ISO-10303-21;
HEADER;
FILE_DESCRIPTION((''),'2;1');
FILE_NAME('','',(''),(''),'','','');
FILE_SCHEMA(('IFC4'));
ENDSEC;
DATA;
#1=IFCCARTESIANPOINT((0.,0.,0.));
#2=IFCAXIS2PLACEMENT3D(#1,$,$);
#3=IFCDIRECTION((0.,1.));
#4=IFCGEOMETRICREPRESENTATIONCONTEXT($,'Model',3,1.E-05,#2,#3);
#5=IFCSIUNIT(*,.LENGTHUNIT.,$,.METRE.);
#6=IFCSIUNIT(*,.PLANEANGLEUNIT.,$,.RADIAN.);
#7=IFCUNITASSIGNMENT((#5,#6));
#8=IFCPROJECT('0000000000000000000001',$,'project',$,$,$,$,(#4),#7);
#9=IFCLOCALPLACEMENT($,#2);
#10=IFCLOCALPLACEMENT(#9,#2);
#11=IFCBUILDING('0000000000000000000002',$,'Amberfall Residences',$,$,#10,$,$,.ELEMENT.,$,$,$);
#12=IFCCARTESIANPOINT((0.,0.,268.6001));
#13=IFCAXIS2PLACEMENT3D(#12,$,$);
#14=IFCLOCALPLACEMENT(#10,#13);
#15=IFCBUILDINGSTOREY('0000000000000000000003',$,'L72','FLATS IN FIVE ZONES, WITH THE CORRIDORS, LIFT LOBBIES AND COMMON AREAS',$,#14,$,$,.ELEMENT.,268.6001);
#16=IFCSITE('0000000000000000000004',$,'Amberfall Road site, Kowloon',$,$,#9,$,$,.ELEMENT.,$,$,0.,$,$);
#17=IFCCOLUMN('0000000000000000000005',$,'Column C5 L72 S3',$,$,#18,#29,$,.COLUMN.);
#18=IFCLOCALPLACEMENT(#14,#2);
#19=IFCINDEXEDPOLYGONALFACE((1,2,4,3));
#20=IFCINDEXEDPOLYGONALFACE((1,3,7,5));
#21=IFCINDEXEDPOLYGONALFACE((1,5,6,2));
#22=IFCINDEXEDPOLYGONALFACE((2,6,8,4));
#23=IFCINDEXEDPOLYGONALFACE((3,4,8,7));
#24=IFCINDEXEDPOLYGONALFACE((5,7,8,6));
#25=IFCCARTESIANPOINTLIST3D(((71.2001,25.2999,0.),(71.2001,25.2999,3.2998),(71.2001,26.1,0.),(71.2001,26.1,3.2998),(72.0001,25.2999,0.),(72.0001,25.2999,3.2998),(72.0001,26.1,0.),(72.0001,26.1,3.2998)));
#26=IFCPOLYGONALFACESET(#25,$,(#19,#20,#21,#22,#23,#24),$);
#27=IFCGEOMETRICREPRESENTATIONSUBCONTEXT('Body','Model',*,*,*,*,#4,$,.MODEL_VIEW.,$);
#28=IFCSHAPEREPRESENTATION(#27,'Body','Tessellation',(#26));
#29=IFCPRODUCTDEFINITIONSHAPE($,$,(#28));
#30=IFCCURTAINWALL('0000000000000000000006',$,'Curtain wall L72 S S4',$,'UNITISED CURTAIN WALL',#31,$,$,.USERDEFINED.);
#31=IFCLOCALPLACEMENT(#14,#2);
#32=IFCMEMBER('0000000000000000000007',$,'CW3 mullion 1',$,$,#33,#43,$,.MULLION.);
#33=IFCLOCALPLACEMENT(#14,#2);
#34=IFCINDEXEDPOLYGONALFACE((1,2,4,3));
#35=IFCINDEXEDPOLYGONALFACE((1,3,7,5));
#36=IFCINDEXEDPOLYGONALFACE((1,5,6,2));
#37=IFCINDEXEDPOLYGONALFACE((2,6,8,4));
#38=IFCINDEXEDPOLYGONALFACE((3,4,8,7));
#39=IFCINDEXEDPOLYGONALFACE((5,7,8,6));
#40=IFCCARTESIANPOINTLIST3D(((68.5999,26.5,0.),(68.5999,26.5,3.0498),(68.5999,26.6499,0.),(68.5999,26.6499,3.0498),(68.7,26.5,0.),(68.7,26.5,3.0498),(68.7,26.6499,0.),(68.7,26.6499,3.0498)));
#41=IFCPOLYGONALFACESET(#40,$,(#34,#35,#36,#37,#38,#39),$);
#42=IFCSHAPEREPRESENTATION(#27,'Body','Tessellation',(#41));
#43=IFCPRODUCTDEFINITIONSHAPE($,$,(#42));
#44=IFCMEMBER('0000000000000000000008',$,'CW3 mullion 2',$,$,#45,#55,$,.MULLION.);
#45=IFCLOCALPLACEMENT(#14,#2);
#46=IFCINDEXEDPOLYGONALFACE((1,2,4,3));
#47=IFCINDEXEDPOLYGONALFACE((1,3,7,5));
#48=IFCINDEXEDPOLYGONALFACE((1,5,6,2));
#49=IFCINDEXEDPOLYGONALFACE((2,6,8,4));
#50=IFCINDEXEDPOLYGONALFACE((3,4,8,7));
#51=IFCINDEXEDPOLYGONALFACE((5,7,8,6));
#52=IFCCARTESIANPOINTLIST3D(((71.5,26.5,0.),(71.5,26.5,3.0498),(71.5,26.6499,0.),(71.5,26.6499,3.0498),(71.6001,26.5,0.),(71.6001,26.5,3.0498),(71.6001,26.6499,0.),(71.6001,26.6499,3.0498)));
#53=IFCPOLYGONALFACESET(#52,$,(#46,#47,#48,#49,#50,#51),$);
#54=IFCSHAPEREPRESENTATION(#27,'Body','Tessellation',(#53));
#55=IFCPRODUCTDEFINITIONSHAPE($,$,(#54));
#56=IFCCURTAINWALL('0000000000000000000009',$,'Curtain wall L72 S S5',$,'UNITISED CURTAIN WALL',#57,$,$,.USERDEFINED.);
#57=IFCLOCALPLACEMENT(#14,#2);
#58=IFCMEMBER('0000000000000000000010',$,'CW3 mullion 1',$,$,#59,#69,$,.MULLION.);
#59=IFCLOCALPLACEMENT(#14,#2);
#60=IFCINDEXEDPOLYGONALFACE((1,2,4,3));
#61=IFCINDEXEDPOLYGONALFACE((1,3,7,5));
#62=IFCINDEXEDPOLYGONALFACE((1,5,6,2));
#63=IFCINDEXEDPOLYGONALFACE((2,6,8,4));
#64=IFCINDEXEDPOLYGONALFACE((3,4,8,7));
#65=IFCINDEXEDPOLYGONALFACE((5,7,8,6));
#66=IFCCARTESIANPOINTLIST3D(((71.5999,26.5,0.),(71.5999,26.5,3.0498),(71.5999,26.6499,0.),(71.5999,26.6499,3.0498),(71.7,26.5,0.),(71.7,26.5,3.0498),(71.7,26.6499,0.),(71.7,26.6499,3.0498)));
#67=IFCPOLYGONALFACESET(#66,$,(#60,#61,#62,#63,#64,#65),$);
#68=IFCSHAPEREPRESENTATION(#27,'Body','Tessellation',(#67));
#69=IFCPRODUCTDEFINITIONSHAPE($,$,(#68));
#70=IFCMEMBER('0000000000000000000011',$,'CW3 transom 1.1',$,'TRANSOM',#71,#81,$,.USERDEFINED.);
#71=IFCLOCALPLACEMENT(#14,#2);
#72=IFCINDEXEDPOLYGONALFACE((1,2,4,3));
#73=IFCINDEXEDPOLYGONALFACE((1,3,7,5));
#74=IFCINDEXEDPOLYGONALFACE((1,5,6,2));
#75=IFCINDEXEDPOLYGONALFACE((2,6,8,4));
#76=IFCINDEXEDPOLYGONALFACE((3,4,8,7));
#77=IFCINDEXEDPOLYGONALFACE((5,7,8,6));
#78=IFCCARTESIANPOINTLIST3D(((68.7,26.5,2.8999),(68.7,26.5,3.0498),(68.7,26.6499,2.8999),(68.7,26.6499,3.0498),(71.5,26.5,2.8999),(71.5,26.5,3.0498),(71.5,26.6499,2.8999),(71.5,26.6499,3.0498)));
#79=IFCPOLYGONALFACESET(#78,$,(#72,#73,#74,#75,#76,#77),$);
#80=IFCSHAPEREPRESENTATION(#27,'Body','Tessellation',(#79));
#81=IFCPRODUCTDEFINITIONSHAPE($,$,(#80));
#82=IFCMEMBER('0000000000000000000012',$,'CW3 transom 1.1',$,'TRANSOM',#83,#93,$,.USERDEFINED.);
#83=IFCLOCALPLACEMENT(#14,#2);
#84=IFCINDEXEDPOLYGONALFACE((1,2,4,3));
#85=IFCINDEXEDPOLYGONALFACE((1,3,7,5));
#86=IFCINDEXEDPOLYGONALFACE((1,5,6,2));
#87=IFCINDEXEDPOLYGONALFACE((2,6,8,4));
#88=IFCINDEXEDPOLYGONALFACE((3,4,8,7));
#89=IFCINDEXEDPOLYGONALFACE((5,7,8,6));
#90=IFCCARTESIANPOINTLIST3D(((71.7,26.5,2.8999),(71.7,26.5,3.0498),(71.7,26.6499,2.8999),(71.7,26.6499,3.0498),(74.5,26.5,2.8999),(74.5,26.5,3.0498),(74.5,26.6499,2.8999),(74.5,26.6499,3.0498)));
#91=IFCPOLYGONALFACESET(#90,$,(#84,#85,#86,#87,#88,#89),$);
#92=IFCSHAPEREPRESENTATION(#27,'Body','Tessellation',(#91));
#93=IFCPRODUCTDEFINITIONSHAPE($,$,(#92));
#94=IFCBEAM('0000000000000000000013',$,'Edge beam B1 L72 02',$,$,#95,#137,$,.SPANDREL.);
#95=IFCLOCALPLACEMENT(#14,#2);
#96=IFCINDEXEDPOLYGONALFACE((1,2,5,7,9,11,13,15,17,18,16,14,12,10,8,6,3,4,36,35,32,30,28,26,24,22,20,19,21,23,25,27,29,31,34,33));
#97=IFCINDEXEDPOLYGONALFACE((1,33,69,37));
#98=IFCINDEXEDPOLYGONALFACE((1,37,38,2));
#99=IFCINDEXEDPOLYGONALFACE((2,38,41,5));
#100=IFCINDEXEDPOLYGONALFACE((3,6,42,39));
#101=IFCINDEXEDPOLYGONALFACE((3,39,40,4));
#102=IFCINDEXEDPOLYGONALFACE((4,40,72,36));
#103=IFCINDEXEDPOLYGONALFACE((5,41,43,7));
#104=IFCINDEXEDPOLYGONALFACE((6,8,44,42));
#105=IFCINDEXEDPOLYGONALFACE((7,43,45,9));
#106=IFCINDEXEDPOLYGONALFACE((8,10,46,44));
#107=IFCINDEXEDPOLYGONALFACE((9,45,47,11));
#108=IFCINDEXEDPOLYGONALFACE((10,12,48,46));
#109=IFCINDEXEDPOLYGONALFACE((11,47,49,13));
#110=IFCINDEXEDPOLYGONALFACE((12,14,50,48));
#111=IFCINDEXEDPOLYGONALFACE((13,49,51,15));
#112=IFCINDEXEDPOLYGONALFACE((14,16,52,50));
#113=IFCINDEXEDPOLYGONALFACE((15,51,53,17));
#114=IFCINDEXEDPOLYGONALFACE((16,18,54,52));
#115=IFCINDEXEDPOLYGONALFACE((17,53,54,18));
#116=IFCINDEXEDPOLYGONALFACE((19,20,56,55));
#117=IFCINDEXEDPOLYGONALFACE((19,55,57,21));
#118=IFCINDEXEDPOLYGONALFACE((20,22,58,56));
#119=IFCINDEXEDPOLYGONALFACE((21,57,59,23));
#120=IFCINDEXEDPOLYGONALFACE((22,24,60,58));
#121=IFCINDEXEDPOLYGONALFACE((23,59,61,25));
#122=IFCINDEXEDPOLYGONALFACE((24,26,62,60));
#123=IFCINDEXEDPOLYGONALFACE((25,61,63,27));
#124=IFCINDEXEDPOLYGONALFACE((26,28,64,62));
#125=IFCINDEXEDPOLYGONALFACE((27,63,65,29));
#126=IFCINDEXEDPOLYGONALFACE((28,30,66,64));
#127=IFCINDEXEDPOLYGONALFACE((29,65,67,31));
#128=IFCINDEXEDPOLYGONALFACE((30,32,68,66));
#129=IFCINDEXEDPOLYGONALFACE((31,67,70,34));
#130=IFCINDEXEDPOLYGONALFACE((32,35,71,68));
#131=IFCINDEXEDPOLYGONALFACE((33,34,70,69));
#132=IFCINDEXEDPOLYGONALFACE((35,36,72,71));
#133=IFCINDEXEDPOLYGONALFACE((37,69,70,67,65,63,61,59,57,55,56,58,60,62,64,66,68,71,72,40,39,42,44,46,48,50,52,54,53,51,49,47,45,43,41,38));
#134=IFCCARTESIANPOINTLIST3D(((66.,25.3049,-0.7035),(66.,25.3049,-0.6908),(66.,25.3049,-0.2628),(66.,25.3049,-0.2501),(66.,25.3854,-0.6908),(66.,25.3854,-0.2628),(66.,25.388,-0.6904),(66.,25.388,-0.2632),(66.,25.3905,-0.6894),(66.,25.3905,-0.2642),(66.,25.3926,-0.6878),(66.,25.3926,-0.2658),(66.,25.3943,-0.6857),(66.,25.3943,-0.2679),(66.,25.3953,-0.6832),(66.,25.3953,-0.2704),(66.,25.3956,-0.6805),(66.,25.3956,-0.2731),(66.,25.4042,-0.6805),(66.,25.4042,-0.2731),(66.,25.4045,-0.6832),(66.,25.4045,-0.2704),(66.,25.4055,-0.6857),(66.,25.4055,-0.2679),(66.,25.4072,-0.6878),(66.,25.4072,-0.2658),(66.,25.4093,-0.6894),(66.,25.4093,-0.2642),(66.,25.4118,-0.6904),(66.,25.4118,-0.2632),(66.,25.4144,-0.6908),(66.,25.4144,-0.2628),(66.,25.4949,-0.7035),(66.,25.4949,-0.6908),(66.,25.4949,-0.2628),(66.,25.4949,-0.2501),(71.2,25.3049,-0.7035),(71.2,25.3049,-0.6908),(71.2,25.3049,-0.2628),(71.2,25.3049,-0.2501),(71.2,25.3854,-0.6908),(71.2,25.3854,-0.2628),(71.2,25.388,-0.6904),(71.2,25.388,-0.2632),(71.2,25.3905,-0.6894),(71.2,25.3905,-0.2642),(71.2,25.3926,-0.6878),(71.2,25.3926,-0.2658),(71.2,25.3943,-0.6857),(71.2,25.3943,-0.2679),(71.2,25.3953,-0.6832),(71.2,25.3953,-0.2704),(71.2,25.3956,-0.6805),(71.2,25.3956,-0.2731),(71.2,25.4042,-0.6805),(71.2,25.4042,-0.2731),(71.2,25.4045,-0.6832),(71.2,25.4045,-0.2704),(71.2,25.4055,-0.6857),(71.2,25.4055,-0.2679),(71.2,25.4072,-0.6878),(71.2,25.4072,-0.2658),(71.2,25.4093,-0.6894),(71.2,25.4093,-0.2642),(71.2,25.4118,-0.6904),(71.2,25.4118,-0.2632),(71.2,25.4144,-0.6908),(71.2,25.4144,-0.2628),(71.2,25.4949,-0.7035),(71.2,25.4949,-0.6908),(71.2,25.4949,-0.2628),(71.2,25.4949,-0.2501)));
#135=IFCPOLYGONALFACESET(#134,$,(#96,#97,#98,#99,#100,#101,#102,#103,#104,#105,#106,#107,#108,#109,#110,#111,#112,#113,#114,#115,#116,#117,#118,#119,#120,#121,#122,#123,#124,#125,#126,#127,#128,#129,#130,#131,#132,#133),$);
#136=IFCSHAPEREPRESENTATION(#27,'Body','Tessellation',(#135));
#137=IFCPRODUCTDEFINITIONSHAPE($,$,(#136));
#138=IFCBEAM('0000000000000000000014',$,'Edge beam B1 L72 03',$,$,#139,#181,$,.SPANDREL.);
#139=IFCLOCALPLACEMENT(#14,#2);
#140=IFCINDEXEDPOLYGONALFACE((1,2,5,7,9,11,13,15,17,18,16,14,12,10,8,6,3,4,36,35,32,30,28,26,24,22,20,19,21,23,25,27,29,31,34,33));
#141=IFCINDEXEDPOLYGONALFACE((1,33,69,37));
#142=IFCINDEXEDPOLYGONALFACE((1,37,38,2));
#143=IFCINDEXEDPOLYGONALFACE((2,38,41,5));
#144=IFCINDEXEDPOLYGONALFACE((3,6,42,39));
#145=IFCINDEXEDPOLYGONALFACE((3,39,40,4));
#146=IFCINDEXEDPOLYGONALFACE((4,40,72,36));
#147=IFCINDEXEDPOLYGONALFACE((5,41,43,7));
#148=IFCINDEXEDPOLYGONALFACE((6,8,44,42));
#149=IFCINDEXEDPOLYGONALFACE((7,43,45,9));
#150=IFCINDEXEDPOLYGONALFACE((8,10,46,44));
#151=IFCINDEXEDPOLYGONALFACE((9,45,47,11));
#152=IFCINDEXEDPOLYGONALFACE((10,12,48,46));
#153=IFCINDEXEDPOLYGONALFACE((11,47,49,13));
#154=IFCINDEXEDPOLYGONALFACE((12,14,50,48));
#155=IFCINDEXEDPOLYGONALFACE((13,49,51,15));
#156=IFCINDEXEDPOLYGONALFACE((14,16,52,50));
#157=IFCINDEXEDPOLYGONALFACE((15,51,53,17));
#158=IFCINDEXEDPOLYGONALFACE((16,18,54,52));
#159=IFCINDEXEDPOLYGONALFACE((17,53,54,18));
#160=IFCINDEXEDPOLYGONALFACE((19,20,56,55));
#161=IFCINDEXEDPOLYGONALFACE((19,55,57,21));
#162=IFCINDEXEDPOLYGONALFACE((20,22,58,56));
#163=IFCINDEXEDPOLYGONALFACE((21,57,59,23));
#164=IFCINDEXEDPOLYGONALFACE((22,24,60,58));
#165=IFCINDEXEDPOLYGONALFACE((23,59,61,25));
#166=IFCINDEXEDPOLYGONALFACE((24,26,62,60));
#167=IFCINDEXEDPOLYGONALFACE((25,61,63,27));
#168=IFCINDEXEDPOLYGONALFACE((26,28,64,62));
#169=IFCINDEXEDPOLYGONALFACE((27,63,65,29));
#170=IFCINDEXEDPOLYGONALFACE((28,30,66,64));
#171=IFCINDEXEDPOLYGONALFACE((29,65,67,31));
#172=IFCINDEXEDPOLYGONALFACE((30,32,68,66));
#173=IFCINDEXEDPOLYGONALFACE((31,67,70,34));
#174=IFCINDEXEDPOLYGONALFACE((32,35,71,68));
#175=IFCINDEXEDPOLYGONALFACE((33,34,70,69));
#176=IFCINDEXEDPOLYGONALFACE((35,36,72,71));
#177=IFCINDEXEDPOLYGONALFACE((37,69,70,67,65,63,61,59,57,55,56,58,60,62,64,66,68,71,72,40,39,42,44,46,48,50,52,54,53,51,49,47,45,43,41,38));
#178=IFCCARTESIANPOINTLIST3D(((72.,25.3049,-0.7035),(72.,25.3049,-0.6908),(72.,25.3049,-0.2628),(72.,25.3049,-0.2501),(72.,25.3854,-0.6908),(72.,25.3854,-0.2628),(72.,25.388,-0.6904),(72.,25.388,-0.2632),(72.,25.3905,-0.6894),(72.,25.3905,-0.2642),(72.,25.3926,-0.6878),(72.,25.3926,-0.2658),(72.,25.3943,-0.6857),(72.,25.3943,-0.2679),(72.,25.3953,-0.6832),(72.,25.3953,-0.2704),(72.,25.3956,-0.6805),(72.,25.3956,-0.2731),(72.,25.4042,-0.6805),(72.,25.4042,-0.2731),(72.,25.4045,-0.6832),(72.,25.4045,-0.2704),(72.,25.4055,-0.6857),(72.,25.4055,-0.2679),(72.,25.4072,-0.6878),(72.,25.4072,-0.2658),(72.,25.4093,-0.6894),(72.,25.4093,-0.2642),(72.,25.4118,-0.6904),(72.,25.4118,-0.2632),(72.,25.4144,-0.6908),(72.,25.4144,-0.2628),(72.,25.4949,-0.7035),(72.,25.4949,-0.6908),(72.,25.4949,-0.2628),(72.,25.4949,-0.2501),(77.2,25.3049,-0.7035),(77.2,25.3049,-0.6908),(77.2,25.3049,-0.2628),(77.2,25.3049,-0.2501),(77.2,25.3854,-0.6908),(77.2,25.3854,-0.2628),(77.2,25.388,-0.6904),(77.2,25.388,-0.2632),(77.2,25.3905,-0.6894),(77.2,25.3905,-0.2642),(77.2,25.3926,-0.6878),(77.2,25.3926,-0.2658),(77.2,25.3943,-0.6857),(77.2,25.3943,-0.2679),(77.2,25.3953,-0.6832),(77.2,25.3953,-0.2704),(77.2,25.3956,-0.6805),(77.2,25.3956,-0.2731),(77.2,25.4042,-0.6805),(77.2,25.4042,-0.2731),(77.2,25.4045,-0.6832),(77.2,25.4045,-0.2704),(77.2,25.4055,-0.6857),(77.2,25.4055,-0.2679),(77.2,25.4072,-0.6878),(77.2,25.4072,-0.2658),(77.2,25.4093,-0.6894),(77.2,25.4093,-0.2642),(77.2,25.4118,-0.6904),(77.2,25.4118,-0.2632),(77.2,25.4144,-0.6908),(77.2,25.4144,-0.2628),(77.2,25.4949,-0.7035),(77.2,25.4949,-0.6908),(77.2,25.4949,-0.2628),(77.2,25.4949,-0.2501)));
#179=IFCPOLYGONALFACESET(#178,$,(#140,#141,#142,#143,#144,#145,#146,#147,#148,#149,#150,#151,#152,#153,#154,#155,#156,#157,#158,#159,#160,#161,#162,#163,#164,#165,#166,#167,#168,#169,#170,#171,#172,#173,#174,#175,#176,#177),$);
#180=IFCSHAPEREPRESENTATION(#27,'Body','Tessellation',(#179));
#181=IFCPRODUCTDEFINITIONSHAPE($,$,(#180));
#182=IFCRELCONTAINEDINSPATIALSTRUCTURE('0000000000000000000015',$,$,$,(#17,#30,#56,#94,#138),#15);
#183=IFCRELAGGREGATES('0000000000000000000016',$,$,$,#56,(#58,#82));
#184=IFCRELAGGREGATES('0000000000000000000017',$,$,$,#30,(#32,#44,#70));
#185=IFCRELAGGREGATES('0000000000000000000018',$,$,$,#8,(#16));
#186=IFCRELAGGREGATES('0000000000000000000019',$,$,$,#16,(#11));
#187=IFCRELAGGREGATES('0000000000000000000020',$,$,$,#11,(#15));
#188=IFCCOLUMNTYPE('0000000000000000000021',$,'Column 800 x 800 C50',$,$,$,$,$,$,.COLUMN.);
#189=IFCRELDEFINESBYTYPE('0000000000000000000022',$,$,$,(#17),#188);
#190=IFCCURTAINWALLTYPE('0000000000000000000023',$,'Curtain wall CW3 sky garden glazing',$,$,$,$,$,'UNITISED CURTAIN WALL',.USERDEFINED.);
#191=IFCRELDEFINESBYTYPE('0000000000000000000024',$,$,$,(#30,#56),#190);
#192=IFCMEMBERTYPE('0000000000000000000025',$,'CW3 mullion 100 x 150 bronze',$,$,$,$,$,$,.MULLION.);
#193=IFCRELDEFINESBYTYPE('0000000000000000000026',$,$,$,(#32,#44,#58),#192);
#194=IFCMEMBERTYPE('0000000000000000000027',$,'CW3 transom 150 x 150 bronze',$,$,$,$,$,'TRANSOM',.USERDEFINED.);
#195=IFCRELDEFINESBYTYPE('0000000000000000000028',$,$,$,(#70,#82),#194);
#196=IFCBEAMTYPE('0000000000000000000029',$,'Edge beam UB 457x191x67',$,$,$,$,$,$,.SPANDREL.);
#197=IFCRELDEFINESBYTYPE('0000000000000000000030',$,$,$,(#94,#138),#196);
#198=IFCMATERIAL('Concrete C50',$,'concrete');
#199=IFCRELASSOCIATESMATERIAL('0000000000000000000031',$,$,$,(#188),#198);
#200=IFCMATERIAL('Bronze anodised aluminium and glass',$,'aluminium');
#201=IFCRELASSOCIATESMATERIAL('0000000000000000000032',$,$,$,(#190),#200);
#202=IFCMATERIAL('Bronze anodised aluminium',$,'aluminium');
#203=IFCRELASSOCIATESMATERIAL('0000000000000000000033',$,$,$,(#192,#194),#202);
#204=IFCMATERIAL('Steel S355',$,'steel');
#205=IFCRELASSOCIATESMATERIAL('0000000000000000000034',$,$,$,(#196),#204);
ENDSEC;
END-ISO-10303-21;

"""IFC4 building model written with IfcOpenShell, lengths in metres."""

from ifc_helpers import new_model, si_unit, direction, frame, origin, origin_2d, place, context, subcontext, project, spatial, rectangle, i_section, extrude, material, material_profile, profile_set, type_object, element, aggregate, save


model = new_model("IFC4")

# Units and contexts
model_context = context("Model", 3, precision=1e-05, world=origin(), true_north=direction((0.0, 1.0)))
body_context = subcontext(model_context, "Body", "Model", "MODEL_VIEW")
ifc_project = project(units=[si_unit("LENGTHUNIT", "METRE"), si_unit("PLANEANGLEUNIT", "RADIAN")], contexts=[model_context])

# Site, building, storey
site_placement = place(None, origin())
site = spatial("IfcSite", under=ifc_project, at=site_placement, Name="Amberfall Road site, Kowloon", CompositionType="ELEMENT", RefElevation=0.0)
building_placement = place(site_placement, origin())
building = spatial("IfcBuilding", under=site, at=building_placement, Name="Amberfall Residences", CompositionType="ELEMENT")
storey_placement = place(building_placement, frame((0.0, 0.0, 268.6001)))
storey = spatial("IfcBuildingStorey", under=building, at=storey_placement, Name="L72", Description="FLATS IN FIVE ZONES, WITH THE CORRIDORS, LIFT LOBBIES AND COMMON AREAS", CompositionType="ELEMENT", Elevation=268.6001)

# Column
ifc_material_1 = material(Name="Concrete C50", Category="concrete")
ifc_material_profile_1 = material_profile(ifc_material_1, rectangle(XDim=0.8, YDim=0.8, at=origin_2d()), Name="Column 800 x 800 C50")
ifc_profile_set_1 = profile_set([ifc_material_profile_1], Name="Concrete C50")
column_type = type_object("IfcColumnType", Name="Column 800 x 800 C50", PredefinedType="COLUMN", material=ifc_profile_set_1)
column_placement = place(storey_placement, frame((71.6001, 25.7, 0.0), z_axis=(0.0, 0.0, 1.0), x_axis=(1.0, 0.0, 0.0)))
element("IfcColumn", 1, at=column_placement, inside=storey, type_object=column_type, Name="Column C5 L72 S3", PredefinedType="COLUMN", context=body_context, shape_type="SweptSolid", body=[
    extrude(rectangle(XDim=0.8, YDim=0.8, at=origin_2d()), origin(), (0.0, 0.0, 1.0), 3.2998),
])

# Curtain wall, members
ifc_material_2 = material(Name="Bronze anodised aluminium and glass", Category="aluminium")
curtain_wall_type = type_object("IfcCurtainWallType", Name="Curtain wall CW3 sky garden glazing", ElementType="UNITISED CURTAIN WALL", PredefinedType="USERDEFINED", material=ifc_material_2)
curtain_wall_1_placement = place(storey_placement, origin())
curtain_wall_1 = element("IfcCurtainWall", 2, at=curtain_wall_1_placement, inside=storey, type_object=curtain_wall_type, Name="Curtain wall L72 S S4", ObjectType="UNITISED CURTAIN WALL", PredefinedType="USERDEFINED")
ifc_material_3 = material(Name="Bronze anodised aluminium", Category="aluminium")
ifc_material_profile_2 = material_profile(ifc_material_3, rectangle(XDim=0.1499, YDim=0.1001, at=origin_2d()), Name="CW3 mullion 100 x 150 bronze")
ifc_profile_set_2 = profile_set([ifc_material_profile_2], Name="Bronze anodised aluminium")
member_type_1 = type_object("IfcMemberType", Name="CW3 mullion 100 x 150 bronze", PredefinedType="MULLION", material=ifc_profile_set_2)
member_1_placement = place(storey_placement, frame((68.6499, 26.575, 0.0), z_axis=(0.0, 0.0, 1.0), x_axis=(0.0, 1.0, 0.0)))
member_1 = element("IfcMember", 3, at=member_1_placement, type_object=member_type_1, Name="CW3 mullion 1", PredefinedType="MULLION", context=body_context, shape_type="SweptSolid", body=[
    extrude(rectangle(XDim=0.1499, YDim=0.1001, at=origin_2d()), origin(), (0.0, 0.0, 1.0), 3.0498),
])
member_2_placement = place(storey_placement, frame((71.55, 26.575, 0.0), z_axis=(0.0, 0.0, 1.0), x_axis=(0.0, 1.0, 0.0)))
member_2 = element("IfcMember", 4, at=member_2_placement, type_object=member_type_1, Name="CW3 mullion 2", PredefinedType="MULLION", context=body_context, shape_type="SweptSolid", body=[
    extrude(rectangle(XDim=0.1499, YDim=0.1001, at=origin_2d()), origin(), (0.0, 0.0, 1.0), 3.0498),
])

# Curtain wall, member
curtain_wall_2_placement = place(storey_placement, origin())
curtain_wall_2 = element("IfcCurtainWall", 5, at=curtain_wall_2_placement, inside=storey, type_object=curtain_wall_type, Name="Curtain wall L72 S S5", ObjectType="UNITISED CURTAIN WALL", PredefinedType="USERDEFINED")
member_3_placement = place(storey_placement, frame((71.6499, 26.575, 0.0), z_axis=(0.0, 0.0, 1.0), x_axis=(0.0, 1.0, 0.0)))
member_3 = element("IfcMember", 6, at=member_3_placement, type_object=member_type_1, Name="CW3 mullion 1", PredefinedType="MULLION", context=body_context, shape_type="SweptSolid", body=[
    extrude(rectangle(XDim=0.1499, YDim=0.1001, at=origin_2d()), origin(), (0.0, 0.0, 1.0), 3.0498),
])

# Members
ifc_material_profile_3 = material_profile(ifc_material_3, rectangle(XDim=0.1499, YDim=0.1499, at=origin_2d()), Name="CW3 transom 150 x 150 bronze")
ifc_profile_set_3 = profile_set([ifc_material_profile_3], Name="Bronze anodised aluminium")
member_type_2 = type_object("IfcMemberType", Name="CW3 transom 150 x 150 bronze", ElementType="TRANSOM", PredefinedType="USERDEFINED", material=ifc_profile_set_3)
member_4_placement = place(storey_placement, frame((68.7, 26.575, 2.9749), z_axis=(1.0, 0.0, 0.0), x_axis=(0.0, 1.0, 0.0)))
member_4 = element("IfcMember", 7, at=member_4_placement, type_object=member_type_2, Name="CW3 transom 1.1", ObjectType="TRANSOM", PredefinedType="USERDEFINED", context=body_context, shape_type="SweptSolid", body=[
    extrude(rectangle(XDim=0.1499, YDim=0.1499, at=origin_2d()), origin(), (0.0, 0.0, 1.0), 2.8),
])
member_5_placement = place(storey_placement, frame((71.7, 26.575, 2.9749), z_axis=(1.0, 0.0, 0.0), x_axis=(0.0, 1.0, 0.0)))
member_5 = element("IfcMember", 8, at=member_5_placement, type_object=member_type_2, Name="CW3 transom 1.1", ObjectType="TRANSOM", PredefinedType="USERDEFINED", context=body_context, shape_type="SweptSolid", body=[
    extrude(rectangle(XDim=0.1499, YDim=0.1499, at=origin_2d()), origin(), (0.0, 0.0, 1.0), 2.8),
])
aggregate(curtain_wall_2, [member_3, member_5])

# Beams
ifc_material_4 = material(Name="Steel S355", Category="steel")
ifc_material_profile_4 = material_profile(ifc_material_4, i_section(OverallWidth=0.1899, OverallDepth=0.4534, WebThickness=0.0085, FlangeThickness=0.0127, FilletRadius=0.0103, at=origin_2d()), Name="UB 457x191x67")
ifc_profile_set_4 = profile_set([ifc_material_profile_4], Name="Steel S355")
beam_type_1 = type_object("IfcBeamType", Name="Edge beam UB 457x191x67", PredefinedType="SPANDREL", material=ifc_profile_set_4)
for number, where, z_axis, x_axis, name in (
    (9, (66.0, 25.3999, -0.4768), (1.0, 0.0, 0.0), (0.0, 1.0, 0.0), "Edge beam B1 L72 02"),
    (10, (72.0, 25.3999, -0.4768), (1.0, 0.0, 0.0), (0.0, 1.0, 0.0), "Edge beam B1 L72 03"),
):
    element("IfcBeam", number, at=place(storey_placement, frame(where, z_axis=z_axis, x_axis=x_axis)), inside=storey, type_object=beam_type_1, Name=name, PredefinedType="SPANDREL", context=body_context, shape_type="SweptSolid", body=[
        extrude(i_section(OverallWidth=0.1899, OverallDepth=0.4534, WebThickness=0.0085, FlangeThickness=0.0127, FilletRadius=0.0103, at=origin_2d()), origin(), (0.0, 0.0, 1.0), 5.2),
    ])

aggregate(curtain_wall_1, [member_1, member_2, member_4])

save(model, "model.ifc")
